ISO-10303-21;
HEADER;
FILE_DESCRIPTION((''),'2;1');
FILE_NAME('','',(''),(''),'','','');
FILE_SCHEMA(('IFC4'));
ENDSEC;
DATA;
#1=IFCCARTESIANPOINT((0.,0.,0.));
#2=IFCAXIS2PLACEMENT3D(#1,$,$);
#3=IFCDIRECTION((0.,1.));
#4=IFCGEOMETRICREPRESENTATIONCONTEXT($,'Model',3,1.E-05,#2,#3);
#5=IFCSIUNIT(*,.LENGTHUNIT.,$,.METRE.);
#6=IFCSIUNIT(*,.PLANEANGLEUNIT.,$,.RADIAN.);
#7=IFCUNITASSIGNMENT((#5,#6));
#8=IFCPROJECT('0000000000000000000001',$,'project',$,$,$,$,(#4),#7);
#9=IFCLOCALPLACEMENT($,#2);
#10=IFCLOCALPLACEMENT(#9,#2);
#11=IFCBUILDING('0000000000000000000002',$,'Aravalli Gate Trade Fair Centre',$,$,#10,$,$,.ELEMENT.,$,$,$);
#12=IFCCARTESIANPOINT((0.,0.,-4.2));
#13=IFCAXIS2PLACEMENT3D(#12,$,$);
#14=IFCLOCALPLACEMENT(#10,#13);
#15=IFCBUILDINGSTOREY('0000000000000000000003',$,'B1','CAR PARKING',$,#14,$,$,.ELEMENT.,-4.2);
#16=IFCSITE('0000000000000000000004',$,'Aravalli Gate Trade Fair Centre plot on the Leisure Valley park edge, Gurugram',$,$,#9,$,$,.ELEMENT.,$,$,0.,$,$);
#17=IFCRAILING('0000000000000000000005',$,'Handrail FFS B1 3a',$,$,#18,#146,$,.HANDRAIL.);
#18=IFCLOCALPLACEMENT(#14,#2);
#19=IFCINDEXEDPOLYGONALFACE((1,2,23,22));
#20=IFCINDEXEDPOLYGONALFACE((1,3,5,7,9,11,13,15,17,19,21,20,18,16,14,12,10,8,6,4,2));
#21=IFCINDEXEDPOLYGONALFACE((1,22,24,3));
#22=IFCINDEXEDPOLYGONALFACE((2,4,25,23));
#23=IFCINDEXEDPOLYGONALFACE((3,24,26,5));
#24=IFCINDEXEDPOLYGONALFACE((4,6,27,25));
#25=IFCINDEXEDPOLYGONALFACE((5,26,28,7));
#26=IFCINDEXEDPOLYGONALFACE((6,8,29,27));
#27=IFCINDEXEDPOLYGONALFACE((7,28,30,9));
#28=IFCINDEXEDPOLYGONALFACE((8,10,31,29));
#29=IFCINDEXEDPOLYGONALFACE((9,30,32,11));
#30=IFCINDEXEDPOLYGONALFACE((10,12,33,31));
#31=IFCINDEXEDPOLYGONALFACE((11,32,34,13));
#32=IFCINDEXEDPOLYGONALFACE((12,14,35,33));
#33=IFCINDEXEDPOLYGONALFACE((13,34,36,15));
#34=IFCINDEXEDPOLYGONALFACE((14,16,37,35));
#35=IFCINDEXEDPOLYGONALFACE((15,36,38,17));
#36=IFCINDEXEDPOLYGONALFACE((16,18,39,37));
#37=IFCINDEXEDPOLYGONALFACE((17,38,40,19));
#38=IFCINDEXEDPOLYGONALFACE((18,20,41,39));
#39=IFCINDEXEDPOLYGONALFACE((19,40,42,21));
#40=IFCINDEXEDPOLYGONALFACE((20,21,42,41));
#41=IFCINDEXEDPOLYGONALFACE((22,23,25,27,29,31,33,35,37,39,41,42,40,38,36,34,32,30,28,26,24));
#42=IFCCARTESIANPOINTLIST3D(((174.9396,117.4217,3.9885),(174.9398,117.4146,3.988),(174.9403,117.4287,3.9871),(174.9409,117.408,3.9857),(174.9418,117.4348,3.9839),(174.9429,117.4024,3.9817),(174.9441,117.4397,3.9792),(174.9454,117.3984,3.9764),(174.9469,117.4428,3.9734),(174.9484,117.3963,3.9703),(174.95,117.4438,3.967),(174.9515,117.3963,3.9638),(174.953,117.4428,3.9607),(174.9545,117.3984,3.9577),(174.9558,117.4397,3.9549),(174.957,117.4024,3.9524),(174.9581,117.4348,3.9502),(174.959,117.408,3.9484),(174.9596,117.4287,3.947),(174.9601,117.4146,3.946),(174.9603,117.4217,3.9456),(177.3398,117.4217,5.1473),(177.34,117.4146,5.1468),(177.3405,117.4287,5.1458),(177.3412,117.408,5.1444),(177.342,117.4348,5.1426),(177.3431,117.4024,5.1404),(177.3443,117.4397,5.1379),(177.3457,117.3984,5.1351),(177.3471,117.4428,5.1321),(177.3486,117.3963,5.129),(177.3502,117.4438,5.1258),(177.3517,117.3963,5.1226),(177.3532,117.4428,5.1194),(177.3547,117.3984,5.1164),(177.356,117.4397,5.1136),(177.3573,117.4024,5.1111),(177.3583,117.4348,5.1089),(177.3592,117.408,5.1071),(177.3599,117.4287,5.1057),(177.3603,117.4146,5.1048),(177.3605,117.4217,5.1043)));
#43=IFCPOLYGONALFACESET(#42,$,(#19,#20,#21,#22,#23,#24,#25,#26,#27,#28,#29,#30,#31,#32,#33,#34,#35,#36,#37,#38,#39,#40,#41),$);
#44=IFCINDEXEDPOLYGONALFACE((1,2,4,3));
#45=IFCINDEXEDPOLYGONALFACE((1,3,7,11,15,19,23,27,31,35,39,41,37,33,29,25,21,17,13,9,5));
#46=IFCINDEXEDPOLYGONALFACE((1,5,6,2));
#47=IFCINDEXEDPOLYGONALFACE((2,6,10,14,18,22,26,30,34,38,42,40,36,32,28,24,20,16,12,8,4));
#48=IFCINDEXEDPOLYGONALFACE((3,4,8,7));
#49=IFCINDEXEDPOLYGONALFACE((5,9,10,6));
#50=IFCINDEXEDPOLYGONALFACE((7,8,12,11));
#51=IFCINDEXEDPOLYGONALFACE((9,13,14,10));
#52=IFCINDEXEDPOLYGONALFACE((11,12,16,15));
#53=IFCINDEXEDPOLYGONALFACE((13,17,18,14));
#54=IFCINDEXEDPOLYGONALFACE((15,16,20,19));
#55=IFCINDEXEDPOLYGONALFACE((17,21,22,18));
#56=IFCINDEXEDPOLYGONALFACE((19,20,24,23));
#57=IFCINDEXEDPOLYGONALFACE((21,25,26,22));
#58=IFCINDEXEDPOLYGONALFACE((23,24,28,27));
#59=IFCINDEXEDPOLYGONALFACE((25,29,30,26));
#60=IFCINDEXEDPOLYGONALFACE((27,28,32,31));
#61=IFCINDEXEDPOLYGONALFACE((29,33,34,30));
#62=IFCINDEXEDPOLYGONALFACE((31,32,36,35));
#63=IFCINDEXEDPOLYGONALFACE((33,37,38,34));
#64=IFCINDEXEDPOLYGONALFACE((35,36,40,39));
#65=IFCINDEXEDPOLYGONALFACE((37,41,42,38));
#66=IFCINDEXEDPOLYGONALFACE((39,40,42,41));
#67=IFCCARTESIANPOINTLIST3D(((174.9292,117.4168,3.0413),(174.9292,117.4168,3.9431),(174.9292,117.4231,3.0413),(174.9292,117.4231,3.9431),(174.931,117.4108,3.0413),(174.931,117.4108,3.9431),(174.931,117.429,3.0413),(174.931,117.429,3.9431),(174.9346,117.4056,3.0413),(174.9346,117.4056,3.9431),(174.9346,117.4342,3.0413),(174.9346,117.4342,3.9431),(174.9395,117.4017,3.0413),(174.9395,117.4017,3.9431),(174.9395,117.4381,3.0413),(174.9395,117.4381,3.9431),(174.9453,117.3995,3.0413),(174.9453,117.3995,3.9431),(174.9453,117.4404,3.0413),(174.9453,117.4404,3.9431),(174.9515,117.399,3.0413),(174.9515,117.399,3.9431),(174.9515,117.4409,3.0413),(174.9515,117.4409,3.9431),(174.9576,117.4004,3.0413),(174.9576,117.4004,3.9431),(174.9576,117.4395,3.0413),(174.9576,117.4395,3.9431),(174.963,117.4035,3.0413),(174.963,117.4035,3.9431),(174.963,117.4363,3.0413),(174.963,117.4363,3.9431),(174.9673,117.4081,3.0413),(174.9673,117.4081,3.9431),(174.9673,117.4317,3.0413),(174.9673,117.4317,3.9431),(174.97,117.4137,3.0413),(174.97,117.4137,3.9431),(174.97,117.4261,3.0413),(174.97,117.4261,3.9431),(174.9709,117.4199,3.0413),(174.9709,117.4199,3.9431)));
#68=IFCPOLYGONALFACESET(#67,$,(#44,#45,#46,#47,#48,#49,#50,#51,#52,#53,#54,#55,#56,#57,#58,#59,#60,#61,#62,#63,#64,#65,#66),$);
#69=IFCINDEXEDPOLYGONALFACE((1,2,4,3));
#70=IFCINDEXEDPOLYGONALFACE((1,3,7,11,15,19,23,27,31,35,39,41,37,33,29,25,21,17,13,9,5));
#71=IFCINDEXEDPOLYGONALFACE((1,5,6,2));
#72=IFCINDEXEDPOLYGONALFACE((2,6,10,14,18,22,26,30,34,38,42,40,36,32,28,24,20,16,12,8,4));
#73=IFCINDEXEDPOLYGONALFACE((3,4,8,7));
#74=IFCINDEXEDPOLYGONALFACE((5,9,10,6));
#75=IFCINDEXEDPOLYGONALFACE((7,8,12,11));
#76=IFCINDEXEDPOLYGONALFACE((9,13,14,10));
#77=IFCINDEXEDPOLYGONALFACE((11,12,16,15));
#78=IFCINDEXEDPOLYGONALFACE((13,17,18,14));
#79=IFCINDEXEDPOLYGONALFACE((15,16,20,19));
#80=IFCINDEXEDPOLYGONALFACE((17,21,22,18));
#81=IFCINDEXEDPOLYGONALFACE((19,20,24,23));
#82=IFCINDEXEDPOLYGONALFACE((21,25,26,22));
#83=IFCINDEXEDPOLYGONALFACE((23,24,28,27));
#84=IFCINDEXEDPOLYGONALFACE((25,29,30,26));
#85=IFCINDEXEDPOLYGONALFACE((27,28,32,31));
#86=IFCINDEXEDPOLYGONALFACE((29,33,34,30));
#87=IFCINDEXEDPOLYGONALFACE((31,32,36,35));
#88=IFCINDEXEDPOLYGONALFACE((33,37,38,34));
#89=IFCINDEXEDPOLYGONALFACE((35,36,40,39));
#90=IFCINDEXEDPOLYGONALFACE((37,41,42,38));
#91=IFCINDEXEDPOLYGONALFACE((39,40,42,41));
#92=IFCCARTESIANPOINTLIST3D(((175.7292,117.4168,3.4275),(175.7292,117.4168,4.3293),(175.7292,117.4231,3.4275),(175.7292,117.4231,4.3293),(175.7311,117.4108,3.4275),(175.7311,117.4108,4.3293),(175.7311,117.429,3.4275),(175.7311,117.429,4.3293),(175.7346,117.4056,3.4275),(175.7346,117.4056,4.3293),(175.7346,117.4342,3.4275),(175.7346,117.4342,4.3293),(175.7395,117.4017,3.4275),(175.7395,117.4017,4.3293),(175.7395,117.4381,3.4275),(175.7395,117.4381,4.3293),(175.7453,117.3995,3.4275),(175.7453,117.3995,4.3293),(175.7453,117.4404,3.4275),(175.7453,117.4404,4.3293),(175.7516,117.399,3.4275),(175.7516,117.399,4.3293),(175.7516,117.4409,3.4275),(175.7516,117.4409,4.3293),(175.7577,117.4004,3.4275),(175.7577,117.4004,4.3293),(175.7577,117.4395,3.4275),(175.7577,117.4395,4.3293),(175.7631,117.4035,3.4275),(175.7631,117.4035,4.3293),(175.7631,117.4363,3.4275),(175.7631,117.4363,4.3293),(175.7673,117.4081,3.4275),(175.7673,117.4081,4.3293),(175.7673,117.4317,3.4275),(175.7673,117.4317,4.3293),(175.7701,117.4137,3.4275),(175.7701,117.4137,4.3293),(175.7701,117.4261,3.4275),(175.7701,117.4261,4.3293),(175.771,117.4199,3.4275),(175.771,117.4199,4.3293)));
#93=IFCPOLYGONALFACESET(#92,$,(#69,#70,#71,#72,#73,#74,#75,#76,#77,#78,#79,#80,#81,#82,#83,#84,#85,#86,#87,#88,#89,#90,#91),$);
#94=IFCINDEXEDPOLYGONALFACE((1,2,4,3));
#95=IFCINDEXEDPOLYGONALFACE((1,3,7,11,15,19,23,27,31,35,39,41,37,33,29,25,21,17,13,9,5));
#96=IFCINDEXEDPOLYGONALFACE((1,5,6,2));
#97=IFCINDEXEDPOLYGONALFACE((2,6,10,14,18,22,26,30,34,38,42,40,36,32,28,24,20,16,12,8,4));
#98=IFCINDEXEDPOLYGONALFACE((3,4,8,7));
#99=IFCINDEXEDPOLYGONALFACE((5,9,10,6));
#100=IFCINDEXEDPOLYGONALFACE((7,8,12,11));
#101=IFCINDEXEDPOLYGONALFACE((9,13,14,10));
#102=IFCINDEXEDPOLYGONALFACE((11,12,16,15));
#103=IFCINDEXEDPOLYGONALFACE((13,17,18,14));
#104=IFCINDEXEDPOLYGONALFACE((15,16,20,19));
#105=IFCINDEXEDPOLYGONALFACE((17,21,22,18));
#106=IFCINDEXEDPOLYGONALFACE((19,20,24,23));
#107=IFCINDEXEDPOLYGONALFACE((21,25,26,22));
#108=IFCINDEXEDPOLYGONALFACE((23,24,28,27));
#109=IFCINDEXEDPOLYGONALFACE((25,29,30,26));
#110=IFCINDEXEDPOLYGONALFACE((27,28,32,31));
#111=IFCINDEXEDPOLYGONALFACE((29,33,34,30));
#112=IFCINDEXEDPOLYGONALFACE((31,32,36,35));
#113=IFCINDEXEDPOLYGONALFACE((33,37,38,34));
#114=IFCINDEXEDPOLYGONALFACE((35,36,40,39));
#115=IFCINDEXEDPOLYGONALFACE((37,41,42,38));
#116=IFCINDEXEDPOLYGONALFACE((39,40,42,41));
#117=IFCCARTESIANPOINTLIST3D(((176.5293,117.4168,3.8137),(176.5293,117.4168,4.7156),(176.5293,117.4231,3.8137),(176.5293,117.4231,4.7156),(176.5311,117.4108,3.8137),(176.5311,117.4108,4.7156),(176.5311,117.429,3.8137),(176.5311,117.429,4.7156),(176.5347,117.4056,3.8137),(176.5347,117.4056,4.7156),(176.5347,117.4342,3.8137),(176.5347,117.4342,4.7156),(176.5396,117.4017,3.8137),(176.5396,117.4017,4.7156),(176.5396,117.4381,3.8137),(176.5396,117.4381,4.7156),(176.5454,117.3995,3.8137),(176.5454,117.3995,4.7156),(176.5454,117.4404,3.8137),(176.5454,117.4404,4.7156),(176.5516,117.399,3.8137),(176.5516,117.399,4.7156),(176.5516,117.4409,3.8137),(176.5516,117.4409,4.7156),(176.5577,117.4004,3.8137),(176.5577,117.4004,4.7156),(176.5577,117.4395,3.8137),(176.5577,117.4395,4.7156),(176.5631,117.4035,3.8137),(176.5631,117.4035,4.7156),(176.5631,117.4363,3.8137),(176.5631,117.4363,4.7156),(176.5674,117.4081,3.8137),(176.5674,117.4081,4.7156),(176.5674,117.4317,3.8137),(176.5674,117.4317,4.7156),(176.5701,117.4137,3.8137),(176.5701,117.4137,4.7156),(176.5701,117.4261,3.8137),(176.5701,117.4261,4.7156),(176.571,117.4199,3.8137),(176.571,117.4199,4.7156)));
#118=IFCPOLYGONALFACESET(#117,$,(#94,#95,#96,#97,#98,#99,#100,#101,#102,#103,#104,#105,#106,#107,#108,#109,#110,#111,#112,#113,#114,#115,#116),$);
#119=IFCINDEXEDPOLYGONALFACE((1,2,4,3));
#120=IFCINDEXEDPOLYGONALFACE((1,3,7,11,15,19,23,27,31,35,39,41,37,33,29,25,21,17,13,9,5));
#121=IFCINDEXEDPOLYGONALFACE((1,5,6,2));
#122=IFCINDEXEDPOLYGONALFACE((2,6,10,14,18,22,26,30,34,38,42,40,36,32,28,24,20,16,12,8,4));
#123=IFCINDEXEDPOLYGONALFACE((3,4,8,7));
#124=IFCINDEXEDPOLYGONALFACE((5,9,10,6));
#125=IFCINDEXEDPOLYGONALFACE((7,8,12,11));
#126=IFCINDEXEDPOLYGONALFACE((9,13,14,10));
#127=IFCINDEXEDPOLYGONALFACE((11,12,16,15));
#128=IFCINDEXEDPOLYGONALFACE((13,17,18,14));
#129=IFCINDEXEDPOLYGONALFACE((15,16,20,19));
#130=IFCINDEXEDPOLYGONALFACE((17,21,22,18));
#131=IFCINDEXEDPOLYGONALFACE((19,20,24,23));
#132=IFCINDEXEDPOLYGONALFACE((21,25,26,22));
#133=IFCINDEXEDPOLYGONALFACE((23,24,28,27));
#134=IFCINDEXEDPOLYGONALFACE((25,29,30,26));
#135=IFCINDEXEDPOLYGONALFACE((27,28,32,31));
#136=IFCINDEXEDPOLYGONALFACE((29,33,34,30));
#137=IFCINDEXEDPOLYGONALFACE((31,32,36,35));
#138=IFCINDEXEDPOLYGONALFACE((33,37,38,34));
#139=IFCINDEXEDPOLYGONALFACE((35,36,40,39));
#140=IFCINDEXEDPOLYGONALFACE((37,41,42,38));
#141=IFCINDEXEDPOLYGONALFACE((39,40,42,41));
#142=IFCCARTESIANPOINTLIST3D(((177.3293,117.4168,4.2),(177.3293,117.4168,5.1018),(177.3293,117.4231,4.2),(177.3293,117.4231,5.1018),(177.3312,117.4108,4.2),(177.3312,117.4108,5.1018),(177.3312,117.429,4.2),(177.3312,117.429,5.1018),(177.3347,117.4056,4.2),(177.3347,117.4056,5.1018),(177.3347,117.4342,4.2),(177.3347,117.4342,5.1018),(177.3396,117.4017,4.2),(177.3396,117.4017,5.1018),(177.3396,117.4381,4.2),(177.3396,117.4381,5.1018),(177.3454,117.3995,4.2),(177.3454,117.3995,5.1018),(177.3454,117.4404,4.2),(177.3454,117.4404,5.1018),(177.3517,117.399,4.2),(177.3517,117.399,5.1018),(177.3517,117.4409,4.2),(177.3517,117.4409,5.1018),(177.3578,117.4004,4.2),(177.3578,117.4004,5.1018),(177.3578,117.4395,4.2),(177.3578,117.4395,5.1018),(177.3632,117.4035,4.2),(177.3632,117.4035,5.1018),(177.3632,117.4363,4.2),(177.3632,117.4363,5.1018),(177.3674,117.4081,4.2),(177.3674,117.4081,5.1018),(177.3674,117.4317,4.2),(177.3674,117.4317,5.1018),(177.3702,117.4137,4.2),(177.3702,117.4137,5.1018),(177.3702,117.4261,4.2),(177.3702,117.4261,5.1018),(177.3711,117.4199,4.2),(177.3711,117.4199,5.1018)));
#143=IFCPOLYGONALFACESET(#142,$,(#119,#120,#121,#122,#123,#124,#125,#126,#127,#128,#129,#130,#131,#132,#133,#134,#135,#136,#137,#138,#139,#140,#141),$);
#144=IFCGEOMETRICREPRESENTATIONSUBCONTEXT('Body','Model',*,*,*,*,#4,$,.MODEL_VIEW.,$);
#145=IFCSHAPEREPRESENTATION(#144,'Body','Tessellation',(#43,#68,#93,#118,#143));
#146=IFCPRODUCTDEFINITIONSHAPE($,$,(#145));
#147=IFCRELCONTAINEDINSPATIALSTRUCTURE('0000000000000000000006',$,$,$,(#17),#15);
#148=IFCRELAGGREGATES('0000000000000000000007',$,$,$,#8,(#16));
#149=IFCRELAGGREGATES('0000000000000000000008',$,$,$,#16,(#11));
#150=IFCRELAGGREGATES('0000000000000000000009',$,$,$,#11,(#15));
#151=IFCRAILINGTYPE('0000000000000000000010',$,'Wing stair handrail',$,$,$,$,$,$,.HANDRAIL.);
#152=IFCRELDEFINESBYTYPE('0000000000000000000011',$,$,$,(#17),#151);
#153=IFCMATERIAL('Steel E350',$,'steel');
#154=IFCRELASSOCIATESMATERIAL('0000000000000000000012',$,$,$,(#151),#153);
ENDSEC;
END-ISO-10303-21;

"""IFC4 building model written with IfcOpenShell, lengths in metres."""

from ifc_helpers import new_model, si_unit, direction, frame, origin, origin_2d, place, context, subcontext, project, spatial, circle, extrude, material, type_object, element, save


model = new_model("IFC4")

# Units and contexts
model_context = context("Model", 3, precision=1e-05, world=origin(), true_north=direction((0.0, 1.0)))
body_context = subcontext(model_context, "Body", "Model", "MODEL_VIEW")
ifc_project = project(units=[si_unit("LENGTHUNIT", "METRE"), si_unit("PLANEANGLEUNIT", "RADIAN")], contexts=[model_context])

# Site, building, storey
site_placement = place(None, origin())
site = spatial("IfcSite", under=ifc_project, at=site_placement, Name="Aravalli Gate Trade Fair Centre plot on the Leisure Valley park edge, Gurugram", CompositionType="ELEMENT", RefElevation=0.0)
building_placement = place(site_placement, origin())
building = spatial("IfcBuilding", under=site, at=building_placement, Name="Aravalli Gate Trade Fair Centre", CompositionType="ELEMENT")
storey_placement = place(building_placement, frame((0.0, 0.0, -4.2)))
storey = spatial("IfcBuildingStorey", under=building, at=storey_placement, Name="B1", Description="CAR PARKING", CompositionType="ELEMENT", Elevation=-4.2)

# Railing
ifc_material_1 = material(Name="Steel E350", Category="steel")
railing_type_1 = type_object("IfcRailingType", Name="Wing stair handrail", PredefinedType="HANDRAIL", material=ifc_material_1)
railing_1_placement = place(storey_placement, frame((174.95, 117.4199, 3.0413)))
element("IfcRailing", 1, at=railing_1_placement, inside=storey, type_object=railing_type_1, Name="Handrail FFS B1 3a", PredefinedType="HANDRAIL", context=body_context, shape_type="SweptSolid", body=[
    extrude(circle(Radius=0.0239, at=origin_2d()), frame((0.0, 0.0, 0.9258), z_axis=(0.900552, 0.0, 0.434749), x_axis=(0.0, 1.0, 0.0)), (0.0, 0.0, 1.0), 2.6653),
    extrude(circle(Radius=0.021, at=origin_2d()), origin(), (0.0, 0.0, 1.0), 0.9019),
    extrude(circle(Radius=0.021, at=origin_2d()), frame((0.8, 0.0, 0.3862)), (0.0, 0.0, 1.0), 0.9019),
    extrude(circle(Radius=0.021, at=origin_2d()), frame((1.6001, 0.0, 0.7725)), (0.0, 0.0, 1.0), 0.9019),
    extrude(circle(Radius=0.021, at=origin_2d()), frame((2.4001, 0.0, 1.1587)), (0.0, 0.0, 1.0), 0.9019),
])

save(model, "model.ifc")
